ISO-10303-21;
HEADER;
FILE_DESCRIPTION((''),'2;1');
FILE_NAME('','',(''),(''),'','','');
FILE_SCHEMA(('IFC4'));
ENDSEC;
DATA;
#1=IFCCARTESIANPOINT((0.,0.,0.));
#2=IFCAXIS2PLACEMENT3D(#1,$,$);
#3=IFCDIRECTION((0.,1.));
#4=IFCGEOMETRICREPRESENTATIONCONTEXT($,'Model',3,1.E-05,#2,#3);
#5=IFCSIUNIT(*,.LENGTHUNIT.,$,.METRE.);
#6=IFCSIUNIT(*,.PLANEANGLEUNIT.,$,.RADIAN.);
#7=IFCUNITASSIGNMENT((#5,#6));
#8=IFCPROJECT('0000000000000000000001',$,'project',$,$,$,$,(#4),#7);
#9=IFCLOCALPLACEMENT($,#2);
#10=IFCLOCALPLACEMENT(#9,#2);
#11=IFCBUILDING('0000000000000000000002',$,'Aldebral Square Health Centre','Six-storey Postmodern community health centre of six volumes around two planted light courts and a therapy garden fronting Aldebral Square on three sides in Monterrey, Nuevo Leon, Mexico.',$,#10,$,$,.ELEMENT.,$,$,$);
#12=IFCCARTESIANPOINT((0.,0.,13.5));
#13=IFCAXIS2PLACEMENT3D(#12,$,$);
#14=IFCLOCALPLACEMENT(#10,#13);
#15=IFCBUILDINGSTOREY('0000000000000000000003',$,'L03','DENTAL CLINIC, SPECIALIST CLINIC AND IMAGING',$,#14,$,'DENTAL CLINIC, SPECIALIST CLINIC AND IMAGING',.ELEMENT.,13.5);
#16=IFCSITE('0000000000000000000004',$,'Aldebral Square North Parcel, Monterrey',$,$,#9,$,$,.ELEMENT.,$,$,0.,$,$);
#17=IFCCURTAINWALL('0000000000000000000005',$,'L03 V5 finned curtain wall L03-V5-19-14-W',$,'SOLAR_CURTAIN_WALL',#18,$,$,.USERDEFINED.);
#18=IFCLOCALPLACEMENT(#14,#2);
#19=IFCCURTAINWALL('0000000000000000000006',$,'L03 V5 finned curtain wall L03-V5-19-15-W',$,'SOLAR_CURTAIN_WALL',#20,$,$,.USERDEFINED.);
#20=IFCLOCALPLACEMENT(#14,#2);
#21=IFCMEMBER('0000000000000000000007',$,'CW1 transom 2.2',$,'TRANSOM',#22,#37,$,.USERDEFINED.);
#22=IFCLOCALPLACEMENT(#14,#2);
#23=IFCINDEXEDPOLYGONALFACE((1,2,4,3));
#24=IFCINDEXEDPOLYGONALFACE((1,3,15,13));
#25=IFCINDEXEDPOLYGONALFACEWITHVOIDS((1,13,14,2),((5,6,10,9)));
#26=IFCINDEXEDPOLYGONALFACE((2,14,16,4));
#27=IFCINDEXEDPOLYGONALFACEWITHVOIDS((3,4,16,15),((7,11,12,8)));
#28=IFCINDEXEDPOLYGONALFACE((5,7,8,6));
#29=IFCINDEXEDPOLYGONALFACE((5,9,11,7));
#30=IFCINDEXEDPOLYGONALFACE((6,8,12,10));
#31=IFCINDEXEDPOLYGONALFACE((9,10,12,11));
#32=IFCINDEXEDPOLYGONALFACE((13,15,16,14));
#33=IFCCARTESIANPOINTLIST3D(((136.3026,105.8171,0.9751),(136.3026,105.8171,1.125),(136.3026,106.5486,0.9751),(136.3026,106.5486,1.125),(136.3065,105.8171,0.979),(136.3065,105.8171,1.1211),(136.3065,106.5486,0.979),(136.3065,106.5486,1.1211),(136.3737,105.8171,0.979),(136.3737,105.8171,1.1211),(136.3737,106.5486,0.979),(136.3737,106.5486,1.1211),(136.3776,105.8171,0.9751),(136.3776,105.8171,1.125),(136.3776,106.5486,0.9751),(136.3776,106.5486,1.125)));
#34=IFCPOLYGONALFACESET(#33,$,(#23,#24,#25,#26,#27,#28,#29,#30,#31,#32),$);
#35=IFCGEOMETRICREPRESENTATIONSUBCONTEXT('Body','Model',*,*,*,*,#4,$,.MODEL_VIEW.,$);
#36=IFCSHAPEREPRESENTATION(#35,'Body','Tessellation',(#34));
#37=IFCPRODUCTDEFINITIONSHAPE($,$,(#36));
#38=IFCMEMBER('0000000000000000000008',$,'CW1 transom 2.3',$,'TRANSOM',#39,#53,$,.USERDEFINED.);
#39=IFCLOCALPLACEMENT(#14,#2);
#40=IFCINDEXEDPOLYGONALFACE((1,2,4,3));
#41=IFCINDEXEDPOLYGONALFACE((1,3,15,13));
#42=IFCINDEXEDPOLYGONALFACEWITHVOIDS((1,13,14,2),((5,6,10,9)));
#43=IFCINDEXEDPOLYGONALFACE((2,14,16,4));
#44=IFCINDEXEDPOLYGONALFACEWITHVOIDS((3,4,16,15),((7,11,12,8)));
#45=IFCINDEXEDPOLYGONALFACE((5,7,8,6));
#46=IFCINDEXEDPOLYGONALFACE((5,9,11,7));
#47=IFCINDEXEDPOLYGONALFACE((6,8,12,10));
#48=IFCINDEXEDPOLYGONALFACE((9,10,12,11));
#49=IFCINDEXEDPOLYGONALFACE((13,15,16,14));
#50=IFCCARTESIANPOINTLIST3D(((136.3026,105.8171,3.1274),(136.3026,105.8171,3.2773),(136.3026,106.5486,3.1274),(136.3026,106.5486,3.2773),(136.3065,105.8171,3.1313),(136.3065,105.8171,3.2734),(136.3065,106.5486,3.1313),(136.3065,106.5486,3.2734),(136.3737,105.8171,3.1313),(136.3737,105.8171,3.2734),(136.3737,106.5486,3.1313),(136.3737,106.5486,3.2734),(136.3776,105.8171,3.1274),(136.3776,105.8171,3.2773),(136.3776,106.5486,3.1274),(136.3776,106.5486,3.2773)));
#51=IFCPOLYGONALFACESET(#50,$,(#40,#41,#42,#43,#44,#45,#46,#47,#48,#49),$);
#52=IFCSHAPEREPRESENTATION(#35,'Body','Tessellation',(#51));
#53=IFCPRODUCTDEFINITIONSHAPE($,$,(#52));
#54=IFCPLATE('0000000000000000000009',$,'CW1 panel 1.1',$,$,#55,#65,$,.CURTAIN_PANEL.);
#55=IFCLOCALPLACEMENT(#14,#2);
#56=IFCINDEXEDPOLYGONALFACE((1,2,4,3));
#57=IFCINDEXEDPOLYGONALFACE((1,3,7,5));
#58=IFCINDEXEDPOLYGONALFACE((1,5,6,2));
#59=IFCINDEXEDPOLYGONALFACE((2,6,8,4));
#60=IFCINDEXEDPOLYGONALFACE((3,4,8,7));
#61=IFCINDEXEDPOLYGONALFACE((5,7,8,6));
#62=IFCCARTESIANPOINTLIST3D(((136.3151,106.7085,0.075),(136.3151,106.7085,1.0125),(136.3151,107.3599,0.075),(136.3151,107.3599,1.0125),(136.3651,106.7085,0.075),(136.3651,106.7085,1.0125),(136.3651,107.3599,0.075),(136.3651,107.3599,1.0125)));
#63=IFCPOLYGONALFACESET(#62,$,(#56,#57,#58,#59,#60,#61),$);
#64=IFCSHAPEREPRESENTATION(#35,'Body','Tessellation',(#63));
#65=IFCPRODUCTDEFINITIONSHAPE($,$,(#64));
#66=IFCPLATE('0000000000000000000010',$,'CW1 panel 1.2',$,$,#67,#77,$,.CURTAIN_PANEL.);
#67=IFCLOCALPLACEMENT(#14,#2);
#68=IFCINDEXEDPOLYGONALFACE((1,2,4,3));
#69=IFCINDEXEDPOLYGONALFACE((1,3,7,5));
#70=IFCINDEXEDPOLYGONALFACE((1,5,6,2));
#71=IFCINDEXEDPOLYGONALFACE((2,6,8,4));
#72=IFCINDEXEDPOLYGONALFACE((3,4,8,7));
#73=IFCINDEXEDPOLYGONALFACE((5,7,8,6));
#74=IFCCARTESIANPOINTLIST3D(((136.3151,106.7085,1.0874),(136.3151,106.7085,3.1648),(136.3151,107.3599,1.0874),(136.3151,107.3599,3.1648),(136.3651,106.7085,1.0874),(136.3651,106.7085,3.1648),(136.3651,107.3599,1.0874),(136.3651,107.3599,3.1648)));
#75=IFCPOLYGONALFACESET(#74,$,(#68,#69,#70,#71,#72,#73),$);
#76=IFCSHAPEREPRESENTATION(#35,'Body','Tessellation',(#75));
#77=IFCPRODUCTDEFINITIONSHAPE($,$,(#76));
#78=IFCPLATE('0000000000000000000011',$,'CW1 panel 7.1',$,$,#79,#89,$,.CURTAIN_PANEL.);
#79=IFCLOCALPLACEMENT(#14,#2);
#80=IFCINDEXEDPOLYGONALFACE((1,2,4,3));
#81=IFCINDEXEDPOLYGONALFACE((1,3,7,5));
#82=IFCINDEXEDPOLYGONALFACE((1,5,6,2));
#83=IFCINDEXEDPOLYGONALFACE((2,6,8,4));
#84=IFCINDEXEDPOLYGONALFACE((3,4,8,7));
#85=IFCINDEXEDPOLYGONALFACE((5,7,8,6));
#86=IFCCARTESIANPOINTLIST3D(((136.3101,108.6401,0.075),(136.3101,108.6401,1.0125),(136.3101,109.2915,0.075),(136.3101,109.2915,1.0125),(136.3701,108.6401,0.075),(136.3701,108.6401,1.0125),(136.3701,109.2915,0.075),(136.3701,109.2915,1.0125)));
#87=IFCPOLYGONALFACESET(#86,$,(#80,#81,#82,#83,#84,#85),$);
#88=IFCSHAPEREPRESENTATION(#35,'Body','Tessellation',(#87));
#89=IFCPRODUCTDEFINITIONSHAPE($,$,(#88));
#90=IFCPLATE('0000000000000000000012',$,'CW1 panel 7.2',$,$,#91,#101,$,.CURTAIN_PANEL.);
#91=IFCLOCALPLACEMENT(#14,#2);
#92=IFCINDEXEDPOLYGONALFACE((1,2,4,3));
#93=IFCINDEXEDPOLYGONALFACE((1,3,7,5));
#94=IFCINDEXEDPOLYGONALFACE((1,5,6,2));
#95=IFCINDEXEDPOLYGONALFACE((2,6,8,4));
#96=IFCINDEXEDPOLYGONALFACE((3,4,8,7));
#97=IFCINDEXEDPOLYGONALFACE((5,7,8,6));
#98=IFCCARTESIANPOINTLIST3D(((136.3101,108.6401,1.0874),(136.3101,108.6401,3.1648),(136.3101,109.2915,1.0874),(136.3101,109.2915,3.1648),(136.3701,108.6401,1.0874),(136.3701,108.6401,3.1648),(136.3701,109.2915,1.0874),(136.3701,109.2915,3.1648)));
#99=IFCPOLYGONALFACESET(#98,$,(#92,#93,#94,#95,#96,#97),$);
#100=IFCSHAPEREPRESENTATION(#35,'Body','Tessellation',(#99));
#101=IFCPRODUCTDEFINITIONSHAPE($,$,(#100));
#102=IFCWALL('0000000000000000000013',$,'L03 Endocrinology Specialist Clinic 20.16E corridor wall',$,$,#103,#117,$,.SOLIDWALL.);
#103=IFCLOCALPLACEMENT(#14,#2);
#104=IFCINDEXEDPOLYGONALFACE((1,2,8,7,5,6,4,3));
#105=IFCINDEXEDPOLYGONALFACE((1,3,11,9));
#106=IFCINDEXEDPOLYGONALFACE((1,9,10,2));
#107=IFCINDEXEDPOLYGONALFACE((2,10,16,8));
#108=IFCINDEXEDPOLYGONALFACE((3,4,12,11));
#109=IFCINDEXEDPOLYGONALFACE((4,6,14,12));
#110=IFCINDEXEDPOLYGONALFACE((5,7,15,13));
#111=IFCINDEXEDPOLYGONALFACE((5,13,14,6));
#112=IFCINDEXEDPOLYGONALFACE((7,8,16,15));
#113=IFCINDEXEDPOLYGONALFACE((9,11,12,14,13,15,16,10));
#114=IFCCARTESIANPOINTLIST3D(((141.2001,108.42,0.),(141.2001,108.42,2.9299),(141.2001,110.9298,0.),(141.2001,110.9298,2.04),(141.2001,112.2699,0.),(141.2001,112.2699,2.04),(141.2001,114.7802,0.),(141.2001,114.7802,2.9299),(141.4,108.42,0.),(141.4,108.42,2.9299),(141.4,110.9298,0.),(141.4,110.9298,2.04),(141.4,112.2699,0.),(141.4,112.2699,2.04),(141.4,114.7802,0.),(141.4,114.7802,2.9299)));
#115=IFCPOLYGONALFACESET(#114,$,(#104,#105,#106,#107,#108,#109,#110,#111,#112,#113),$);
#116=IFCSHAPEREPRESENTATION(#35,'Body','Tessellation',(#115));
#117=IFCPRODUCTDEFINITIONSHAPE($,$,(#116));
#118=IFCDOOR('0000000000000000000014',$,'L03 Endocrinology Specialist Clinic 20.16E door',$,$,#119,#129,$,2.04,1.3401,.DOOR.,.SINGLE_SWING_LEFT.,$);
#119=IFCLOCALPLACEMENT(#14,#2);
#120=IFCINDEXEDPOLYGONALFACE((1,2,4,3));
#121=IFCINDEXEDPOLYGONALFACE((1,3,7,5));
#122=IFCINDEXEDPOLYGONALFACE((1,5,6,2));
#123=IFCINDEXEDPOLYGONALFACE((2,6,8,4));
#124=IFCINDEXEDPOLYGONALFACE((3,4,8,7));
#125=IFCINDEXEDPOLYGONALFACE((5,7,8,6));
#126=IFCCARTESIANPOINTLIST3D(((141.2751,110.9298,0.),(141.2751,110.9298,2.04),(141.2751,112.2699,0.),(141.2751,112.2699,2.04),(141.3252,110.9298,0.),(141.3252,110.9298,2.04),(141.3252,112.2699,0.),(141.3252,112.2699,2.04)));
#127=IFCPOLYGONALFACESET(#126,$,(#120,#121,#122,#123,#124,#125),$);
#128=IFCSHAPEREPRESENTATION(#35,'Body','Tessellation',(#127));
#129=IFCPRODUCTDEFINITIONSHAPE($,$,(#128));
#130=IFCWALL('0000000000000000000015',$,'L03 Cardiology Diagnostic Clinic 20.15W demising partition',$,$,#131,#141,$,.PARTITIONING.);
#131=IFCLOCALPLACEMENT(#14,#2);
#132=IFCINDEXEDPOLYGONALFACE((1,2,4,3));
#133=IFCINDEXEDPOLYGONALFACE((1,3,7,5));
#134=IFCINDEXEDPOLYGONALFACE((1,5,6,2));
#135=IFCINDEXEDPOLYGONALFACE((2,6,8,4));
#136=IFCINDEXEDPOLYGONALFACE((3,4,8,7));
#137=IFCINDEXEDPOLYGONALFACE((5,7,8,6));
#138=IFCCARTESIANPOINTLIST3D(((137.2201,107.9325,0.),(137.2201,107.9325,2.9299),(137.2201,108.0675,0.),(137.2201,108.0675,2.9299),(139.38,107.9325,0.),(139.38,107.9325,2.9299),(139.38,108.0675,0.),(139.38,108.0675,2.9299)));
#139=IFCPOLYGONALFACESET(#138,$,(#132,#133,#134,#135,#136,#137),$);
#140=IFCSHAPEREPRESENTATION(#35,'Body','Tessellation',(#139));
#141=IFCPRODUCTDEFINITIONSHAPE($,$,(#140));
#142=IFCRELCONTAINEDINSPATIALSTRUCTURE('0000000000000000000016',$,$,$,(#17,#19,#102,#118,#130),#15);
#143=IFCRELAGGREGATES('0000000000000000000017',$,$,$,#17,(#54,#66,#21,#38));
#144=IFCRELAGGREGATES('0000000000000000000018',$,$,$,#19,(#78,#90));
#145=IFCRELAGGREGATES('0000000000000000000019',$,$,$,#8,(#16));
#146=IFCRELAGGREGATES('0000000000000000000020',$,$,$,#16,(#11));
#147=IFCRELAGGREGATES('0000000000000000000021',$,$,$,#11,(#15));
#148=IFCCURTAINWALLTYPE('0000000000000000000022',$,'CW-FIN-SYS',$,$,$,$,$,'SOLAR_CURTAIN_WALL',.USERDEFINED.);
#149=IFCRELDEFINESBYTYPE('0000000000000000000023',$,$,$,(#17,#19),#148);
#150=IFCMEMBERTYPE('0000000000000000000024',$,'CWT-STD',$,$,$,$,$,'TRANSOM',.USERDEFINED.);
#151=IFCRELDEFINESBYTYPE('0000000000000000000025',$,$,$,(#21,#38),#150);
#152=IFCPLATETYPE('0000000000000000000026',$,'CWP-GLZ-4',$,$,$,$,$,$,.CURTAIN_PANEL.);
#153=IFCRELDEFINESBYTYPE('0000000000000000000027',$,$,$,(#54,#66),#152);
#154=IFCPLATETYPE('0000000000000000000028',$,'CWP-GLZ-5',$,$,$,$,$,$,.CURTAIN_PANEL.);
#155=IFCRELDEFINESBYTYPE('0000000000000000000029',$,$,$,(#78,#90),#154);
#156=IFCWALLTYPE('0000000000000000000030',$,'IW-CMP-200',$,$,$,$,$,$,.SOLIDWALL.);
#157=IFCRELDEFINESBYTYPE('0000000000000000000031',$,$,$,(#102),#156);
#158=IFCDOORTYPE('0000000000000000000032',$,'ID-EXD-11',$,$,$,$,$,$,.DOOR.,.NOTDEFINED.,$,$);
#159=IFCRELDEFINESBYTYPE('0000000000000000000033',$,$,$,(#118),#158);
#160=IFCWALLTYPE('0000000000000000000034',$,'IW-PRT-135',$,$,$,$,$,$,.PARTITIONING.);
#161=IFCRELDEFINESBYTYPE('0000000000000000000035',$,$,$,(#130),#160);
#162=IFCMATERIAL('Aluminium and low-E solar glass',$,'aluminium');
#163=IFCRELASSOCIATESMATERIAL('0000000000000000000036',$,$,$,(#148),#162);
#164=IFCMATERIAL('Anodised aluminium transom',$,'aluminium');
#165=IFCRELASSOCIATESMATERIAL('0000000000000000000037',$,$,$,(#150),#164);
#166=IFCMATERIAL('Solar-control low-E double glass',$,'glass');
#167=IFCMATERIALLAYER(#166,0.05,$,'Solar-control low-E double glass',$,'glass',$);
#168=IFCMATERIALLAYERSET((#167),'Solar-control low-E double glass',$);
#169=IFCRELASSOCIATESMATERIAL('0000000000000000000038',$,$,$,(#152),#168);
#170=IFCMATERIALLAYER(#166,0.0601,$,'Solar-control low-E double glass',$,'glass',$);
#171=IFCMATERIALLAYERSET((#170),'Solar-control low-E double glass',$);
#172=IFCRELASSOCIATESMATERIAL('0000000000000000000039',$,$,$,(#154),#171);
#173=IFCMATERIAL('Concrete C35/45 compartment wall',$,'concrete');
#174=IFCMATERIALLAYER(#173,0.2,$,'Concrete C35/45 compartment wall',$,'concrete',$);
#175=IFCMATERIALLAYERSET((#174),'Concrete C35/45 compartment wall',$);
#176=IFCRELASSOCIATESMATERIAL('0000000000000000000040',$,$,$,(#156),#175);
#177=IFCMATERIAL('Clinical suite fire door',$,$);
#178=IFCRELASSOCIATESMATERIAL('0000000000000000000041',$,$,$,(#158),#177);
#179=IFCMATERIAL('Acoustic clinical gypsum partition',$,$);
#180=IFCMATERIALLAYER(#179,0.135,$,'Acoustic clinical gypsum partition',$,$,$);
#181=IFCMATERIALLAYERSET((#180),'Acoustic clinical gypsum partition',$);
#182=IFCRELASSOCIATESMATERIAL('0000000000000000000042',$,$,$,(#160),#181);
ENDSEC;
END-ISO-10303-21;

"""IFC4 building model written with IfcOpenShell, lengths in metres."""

from ifc_helpers import new_model, si_unit, direction, frame, frame_2d, origin, origin_2d, place, context, subcontext, project, spatial, rectangle, hollow_rectangle, extrude, material, layer, layer_set, material_profile, profile_set, type_object, element, fill, aggregate, save


model = new_model("IFC4")

# Units and contexts
model_context = context("Model", 3, precision=1e-05, world=origin(), true_north=direction((0.0, 1.0)))
body_context = subcontext(model_context, "Body", "Model", "MODEL_VIEW")
ifc_project = project(units=[si_unit("LENGTHUNIT", "METRE"), si_unit("PLANEANGLEUNIT", "RADIAN")], contexts=[model_context])

# Site, building, storey
site_placement = place(None, origin())
site = spatial("IfcSite", under=ifc_project, at=site_placement, Name="Aldebral Square North Parcel, Monterrey", CompositionType="ELEMENT", RefElevation=0.0)
building_placement = place(site_placement, origin())
building = spatial("IfcBuilding", under=site, at=building_placement, Name="Aldebral Square Health Centre", Description="Six-storey Postmodern community health centre of six volumes around two planted light courts and a therapy garden fronting Aldebral Square on three sides in Monterrey, Nuevo Leon, Mexico.", CompositionType="ELEMENT")
storey_placement = place(building_placement, frame((0.0, 0.0, 13.5)))
storey = spatial("IfcBuildingStorey", under=building, at=storey_placement, Name="L03", Description="DENTAL CLINIC, SPECIALIST CLINIC AND IMAGING", LongName="DENTAL CLINIC, SPECIALIST CLINIC AND IMAGING", CompositionType="ELEMENT", Elevation=13.5)

# Curtain wall
ifc_material_1 = material(Name="Aluminium and low-E solar glass", Category="aluminium")
curtain_wall_type = type_object("IfcCurtainWallType", Name="CW-FIN-SYS", ElementType="SOLAR_CURTAIN_WALL", PredefinedType="USERDEFINED", material=ifc_material_1)
curtain_wall_1_placement = place(storey_placement, origin())
curtain_wall_1 = element("IfcCurtainWall", 1, at=curtain_wall_1_placement, inside=storey, type_object=curtain_wall_type, Name="L03 V5 finned curtain wall L03-V5-19-14-W", ObjectType="SOLAR_CURTAIN_WALL", PredefinedType="USERDEFINED")

# Curtain wall
curtain_wall_2_placement = place(storey_placement, origin())
curtain_wall_2 = element("IfcCurtainWall", 2, at=curtain_wall_2_placement, inside=storey, type_object=curtain_wall_type, Name="L03 V5 finned curtain wall L03-V5-19-15-W", ObjectType="SOLAR_CURTAIN_WALL", PredefinedType="USERDEFINED")

# Members
ifc_material_2 = material(Name="Anodised aluminium transom", Category="aluminium")
ifc_material_profile_1 = material_profile(ifc_material_2, hollow_rectangle(XDim=0.075, YDim=0.1499, WallThickness=0.0039, at=origin_2d()), Name="CWT 75x150x4")
ifc_profile_set_1 = profile_set([ifc_material_profile_1], Name="Anodised aluminium transom")
member_type_1 = type_object("IfcMemberType", Name="CWT-STD", ElementType="TRANSOM", PredefinedType="USERDEFINED", material=ifc_profile_set_1)
member_1_placement = place(storey_placement, frame((136.3401, 106.5486, 1.05), z_axis=(0.0, -1.0, 0.0), x_axis=(1.0, 0.0, 0.0)))
member_1 = element("IfcMember", 3, at=member_1_placement, type_object=member_type_1, Name="CW1 transom 2.2", ObjectType="TRANSOM", PredefinedType="USERDEFINED", context=body_context, shape_type="SweptSolid", body=[
    extrude(hollow_rectangle(XDim=0.075, YDim=0.1499, WallThickness=0.0039, at=origin_2d()), origin(), (0.0, 0.0, 1.0), 0.7314),
])
member_2_placement = place(storey_placement, frame((136.3401, 106.5486, 3.2024), z_axis=(0.0, -1.0, 0.0), x_axis=(1.0, 0.0, 0.0)))
member_2 = element("IfcMember", 4, at=member_2_placement, type_object=member_type_1, Name="CW1 transom 2.3", ObjectType="TRANSOM", PredefinedType="USERDEFINED", context=body_context, shape_type="SweptSolid", body=[
    extrude(hollow_rectangle(XDim=0.075, YDim=0.1499, WallThickness=0.0039, at=origin_2d()), origin(), (0.0, 0.0, 1.0), 0.7314),
])

# Plates
ifc_material_3 = material(Name="Solar-control low-E double glass", Category="glass")
ifc_layer_1 = layer(ifc_material_3, 0.05, Name="Solar-control low-E double glass", Category="glass")
ifc_layer_set_1 = layer_set([ifc_layer_1], Name="Solar-control low-E double glass")
plate_type_1 = type_object("IfcPlateType", Name="CWP-GLZ-4", PredefinedType="CURTAIN_PANEL", material=ifc_layer_set_1)
plate_1_placement = place(storey_placement, frame((136.3401, 107.0342, 0.075), z_axis=(0.0, 0.0, 1.0), x_axis=(0.0, -1.0, 0.0)))
plate_1 = element("IfcPlate", 5, at=plate_1_placement, type_object=plate_type_1, Name="CW1 panel 1.1", PredefinedType="CURTAIN_PANEL", context=body_context, shape_type="SweptSolid", body=[
    extrude(rectangle(XDim=0.6514, YDim=0.05, at=origin_2d()), origin(), (0.0, 0.0, 1.0), 0.9375),
])
plate_2_placement = place(storey_placement, frame((136.3401, 107.0342, 1.0874), z_axis=(0.0, 0.0, 1.0), x_axis=(0.0, -1.0, 0.0)))
plate_2 = element("IfcPlate", 6, at=plate_2_placement, type_object=plate_type_1, Name="CW1 panel 1.2", PredefinedType="CURTAIN_PANEL", context=body_context, shape_type="SweptSolid", body=[
    extrude(rectangle(XDim=0.6514, YDim=0.05, at=origin_2d()), origin(), (0.0, 0.0, 1.0), 2.0774),
])
aggregate(curtain_wall_1, [plate_1, plate_2, member_1, member_2])
ifc_layer_2 = layer(ifc_material_3, 0.0601, Name="Solar-control low-E double glass", Category="glass")
ifc_layer_set_2 = layer_set([ifc_layer_2], Name="Solar-control low-E double glass")
plate_type_2 = type_object("IfcPlateType", Name="CWP-GLZ-5", PredefinedType="CURTAIN_PANEL", material=ifc_layer_set_2)
plate_3_placement = place(storey_placement, frame((136.3401, 108.9658, 0.075), z_axis=(0.0, 0.0, 1.0), x_axis=(0.0, -1.0, 0.0)))
plate_3 = element("IfcPlate", 7, at=plate_3_placement, type_object=plate_type_2, Name="CW1 panel 7.1", PredefinedType="CURTAIN_PANEL", context=body_context, shape_type="SweptSolid", body=[
    extrude(rectangle(XDim=0.6514, YDim=0.0601, at=origin_2d()), origin(), (0.0, 0.0, 1.0), 0.9375),
])
plate_4_placement = place(storey_placement, frame((136.3401, 108.9658, 1.0874), z_axis=(0.0, 0.0, 1.0), x_axis=(0.0, -1.0, 0.0)))
plate_4 = element("IfcPlate", 8, at=plate_4_placement, type_object=plate_type_2, Name="CW1 panel 7.2", PredefinedType="CURTAIN_PANEL", context=body_context, shape_type="SweptSolid", body=[
    extrude(rectangle(XDim=0.6514, YDim=0.0601, at=origin_2d()), origin(), (0.0, 0.0, 1.0), 2.0774),
])
aggregate(curtain_wall_2, [plate_3, plate_4])

# Wall, opening, door
ifc_material_4 = material(Name="Concrete C35/45 compartment wall", Category="concrete")
ifc_layer_3 = layer(ifc_material_4, 0.2, Name="Concrete C35/45 compartment wall", Category="concrete")
ifc_layer_set_3 = layer_set([ifc_layer_3], Name="Concrete C35/45 compartment wall")
wall_type_1 = type_object("IfcWallType", Name="IW-CMP-200", PredefinedType="SOLIDWALL", material=ifc_layer_set_3)
wall_1_placement = place(storey_placement, frame((141.3, 108.4199, 0.0), z_axis=(0.0, 0.0, 1.0), x_axis=(0.0, 1.0, 0.0)))
wall_1 = element("IfcWall", 9, at=wall_1_placement, inside=storey, type_object=wall_type_1, Name="L03 Endocrinology Specialist Clinic 20.16E corridor wall", PredefinedType="SOLIDWALL", context=body_context, shape_type="SweptSolid", body=[
    extrude(rectangle(XDim=6.3601, YDim=0.2, at=frame_2d((3.1802, 0.0))), origin(), (0.0, 0.0, 1.0), 2.9299),
])
opening_1_placement = place(wall_1_placement, frame((2.51, 0.0, 0.0)))
opening_1 = element("IfcOpeningElement", 10, at=opening_1_placement, cuts=wall_1, PredefinedType="OPENING", context=body_context, shape_type="SweptSolid", body=[
    extrude(rectangle(XDim=1.3401, YDim=2.04, at=frame_2d((0.6699, 1.02))), frame((0.0, 0.1099, 0.0), z_axis=(0.0, -1.0, 0.0), x_axis=(1.0, 0.0, 0.0)), (0.0, 0.0, 1.0), 0.22),
])
ifc_material_5 = material(Name="Clinical suite fire door")
door_type_1 = type_object("IfcDoorType", Name="ID-EXD-11", OperationType="NOTDEFINED", PredefinedType="DOOR", material=ifc_material_5)
door_1_placement = place(opening_1_placement, origin())
door_1 = element("IfcDoor", 11, at=door_1_placement, inside=storey, type_object=door_type_1, Name="L03 Endocrinology Specialist Clinic 20.16E door", OperationType="SINGLE_SWING_LEFT", OverallHeight=2.04, OverallWidth=1.3401, PredefinedType="DOOR", context=body_context, shape_type="SweptSolid", body=[
    extrude(rectangle(XDim=1.3401, YDim=2.04, at=frame_2d((0.6699, 1.02))), frame((0.0, 0.0249, 0.0), z_axis=(0.0, -1.0, 0.0), x_axis=(1.0, 0.0, 0.0)), (0.0, 0.0, 1.0), 0.05),
])
fill(opening_1, door_1)

# Wall
ifc_material_6 = material(Name="Acoustic clinical gypsum partition")
ifc_layer_4 = layer(ifc_material_6, 0.135, Name="Acoustic clinical gypsum partition")
ifc_layer_set_4 = layer_set([ifc_layer_4], Name="Acoustic clinical gypsum partition")
wall_type_2 = type_object("IfcWallType", Name="IW-PRT-135", PredefinedType="PARTITIONING", material=ifc_layer_set_4)
wall_2_placement = place(storey_placement, frame((137.22, 108.0, 0.0), z_axis=(0.0, 0.0, 1.0), x_axis=(1.0, 0.0, 0.0)))
element("IfcWall", 12, at=wall_2_placement, inside=storey, type_object=wall_type_2, Name="L03 Cardiology Diagnostic Clinic 20.15W demising partition", PredefinedType="PARTITIONING", context=body_context, shape_type="SweptSolid", body=[
    extrude(rectangle(XDim=2.1599, YDim=0.135, at=frame_2d((1.0801, 0.0))), origin(), (0.0, 0.0, 1.0), 2.9299),
])

save(model, "model.ifc")
